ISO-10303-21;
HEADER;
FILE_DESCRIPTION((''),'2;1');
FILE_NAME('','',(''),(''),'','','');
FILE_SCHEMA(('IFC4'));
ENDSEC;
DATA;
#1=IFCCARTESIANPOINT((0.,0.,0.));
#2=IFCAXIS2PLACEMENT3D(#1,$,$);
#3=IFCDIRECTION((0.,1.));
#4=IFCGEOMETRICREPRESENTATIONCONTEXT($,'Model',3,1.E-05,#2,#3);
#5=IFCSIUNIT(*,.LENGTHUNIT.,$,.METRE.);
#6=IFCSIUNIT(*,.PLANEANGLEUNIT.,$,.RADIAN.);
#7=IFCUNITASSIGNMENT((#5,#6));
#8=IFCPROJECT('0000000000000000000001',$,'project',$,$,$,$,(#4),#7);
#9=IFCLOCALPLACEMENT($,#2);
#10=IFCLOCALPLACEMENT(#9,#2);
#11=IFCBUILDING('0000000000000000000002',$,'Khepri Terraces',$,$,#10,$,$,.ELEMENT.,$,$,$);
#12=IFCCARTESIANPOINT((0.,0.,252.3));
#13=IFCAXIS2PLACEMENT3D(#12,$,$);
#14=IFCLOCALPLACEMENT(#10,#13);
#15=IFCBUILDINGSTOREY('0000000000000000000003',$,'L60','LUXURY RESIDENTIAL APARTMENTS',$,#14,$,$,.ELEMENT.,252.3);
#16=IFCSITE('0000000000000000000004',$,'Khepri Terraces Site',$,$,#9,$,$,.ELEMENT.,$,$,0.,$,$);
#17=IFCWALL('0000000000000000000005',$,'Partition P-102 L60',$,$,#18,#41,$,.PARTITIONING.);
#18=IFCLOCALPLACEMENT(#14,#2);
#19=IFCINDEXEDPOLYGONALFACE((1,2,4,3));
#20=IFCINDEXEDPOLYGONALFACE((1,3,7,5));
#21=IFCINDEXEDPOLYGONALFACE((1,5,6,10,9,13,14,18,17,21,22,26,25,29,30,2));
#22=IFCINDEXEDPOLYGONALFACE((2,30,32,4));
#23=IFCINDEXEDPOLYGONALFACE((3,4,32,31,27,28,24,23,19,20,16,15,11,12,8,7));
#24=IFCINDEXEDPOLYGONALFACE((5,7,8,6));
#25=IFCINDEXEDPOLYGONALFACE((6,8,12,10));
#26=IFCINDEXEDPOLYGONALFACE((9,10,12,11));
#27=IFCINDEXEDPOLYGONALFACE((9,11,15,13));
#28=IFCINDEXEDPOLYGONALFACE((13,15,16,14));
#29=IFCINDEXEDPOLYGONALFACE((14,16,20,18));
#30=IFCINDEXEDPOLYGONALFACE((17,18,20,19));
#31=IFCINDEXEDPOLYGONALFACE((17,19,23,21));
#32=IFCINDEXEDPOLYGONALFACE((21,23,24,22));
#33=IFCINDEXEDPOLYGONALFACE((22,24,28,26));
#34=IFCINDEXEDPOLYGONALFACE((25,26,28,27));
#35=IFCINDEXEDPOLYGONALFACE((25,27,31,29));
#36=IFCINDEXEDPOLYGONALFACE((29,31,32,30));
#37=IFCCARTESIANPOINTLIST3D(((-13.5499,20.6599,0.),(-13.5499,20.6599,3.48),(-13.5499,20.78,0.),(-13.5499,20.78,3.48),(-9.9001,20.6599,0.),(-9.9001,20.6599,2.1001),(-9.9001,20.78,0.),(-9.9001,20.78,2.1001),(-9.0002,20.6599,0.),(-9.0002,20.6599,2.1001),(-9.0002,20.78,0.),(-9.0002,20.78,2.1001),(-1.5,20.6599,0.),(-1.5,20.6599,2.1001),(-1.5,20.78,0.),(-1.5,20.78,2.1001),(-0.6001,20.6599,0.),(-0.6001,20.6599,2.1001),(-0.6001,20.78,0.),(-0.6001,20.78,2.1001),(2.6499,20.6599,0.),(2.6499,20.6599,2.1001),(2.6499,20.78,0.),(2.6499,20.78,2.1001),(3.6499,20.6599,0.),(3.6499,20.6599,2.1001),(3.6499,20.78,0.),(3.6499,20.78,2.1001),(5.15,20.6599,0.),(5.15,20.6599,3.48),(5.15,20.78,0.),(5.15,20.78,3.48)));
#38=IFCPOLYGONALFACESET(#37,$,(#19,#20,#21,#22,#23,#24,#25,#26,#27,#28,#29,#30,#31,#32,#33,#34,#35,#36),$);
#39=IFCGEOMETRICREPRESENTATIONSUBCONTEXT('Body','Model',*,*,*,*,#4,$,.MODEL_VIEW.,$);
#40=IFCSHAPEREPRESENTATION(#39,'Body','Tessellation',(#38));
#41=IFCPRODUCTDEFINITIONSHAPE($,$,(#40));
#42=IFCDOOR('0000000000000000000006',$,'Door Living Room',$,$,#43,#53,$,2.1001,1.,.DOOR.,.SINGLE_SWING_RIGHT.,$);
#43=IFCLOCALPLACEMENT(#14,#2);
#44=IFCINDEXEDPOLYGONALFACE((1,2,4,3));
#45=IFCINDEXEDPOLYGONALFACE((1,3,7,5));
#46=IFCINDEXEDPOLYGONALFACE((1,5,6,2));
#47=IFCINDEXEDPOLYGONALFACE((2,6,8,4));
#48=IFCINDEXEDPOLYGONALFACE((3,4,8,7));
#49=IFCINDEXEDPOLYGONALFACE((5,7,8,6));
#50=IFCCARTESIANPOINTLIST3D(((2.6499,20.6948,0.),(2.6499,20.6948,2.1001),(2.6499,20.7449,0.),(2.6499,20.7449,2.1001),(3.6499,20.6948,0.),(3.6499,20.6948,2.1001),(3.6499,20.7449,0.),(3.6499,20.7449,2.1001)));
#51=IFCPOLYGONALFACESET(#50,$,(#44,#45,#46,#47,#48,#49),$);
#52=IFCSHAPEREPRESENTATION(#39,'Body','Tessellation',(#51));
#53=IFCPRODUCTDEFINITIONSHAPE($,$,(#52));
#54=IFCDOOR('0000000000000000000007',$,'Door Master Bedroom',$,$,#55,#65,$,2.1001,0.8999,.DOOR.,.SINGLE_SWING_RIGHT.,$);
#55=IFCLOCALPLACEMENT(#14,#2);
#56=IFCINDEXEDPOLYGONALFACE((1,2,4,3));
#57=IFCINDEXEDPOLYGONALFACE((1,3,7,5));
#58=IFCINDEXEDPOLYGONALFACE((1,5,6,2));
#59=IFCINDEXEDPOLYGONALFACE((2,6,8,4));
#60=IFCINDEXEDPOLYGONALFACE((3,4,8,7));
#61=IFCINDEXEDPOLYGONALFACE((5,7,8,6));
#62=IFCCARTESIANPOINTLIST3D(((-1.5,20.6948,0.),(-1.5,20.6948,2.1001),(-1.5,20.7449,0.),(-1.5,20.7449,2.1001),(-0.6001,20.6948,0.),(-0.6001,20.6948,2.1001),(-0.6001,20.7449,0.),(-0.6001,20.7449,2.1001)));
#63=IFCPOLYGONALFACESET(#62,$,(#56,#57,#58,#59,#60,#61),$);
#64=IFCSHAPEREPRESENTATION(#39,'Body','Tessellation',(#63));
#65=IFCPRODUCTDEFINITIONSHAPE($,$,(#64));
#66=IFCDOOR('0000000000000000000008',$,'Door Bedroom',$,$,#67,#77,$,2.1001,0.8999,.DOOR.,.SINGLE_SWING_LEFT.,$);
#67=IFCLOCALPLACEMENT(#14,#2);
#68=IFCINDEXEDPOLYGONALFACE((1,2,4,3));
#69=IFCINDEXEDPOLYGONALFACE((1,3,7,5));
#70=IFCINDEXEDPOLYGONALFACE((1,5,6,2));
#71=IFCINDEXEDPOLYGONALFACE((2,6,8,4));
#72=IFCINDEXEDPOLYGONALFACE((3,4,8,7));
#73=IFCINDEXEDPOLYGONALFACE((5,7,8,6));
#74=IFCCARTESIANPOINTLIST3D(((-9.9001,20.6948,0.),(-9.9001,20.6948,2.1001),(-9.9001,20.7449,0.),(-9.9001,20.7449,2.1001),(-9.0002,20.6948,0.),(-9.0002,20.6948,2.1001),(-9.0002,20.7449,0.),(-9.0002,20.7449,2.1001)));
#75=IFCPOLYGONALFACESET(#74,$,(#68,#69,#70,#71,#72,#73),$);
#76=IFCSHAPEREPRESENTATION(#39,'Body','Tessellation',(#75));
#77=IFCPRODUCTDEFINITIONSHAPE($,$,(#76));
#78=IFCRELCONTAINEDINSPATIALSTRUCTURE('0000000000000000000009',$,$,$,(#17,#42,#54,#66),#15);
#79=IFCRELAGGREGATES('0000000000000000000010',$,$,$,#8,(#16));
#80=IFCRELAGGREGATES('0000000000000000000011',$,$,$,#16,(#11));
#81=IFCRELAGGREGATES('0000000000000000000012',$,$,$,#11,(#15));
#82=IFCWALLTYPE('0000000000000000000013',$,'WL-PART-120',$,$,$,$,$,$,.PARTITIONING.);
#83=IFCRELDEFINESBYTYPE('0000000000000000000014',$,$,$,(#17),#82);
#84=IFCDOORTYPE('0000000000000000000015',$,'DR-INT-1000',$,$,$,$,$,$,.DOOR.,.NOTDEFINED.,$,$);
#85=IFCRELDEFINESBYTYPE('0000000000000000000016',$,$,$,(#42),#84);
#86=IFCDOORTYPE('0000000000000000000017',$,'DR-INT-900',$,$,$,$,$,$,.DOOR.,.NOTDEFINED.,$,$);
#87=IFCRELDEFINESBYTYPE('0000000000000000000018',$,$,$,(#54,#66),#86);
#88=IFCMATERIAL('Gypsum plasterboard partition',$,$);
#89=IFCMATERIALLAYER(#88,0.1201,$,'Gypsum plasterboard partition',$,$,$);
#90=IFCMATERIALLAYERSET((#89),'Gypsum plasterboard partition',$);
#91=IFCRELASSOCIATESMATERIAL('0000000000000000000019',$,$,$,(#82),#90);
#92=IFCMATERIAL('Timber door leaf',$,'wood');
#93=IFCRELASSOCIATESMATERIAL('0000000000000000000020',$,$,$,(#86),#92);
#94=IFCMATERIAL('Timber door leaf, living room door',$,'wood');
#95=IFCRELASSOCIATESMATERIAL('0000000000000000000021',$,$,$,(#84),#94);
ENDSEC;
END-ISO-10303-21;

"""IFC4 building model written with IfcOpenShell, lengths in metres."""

from ifc_helpers import new_model, si_unit, direction, frame, frame_2d, origin, place, context, subcontext, project, spatial, rectangle, extrude, material, layer, layer_set, type_object, element, fill, save


model = new_model("IFC4")

# Units and contexts
model_context = context("Model", 3, precision=1e-05, world=origin(), true_north=direction((0.0, 1.0)))
body_context = subcontext(model_context, "Body", "Model", "MODEL_VIEW")
ifc_project = project(units=[si_unit("LENGTHUNIT", "METRE"), si_unit("PLANEANGLEUNIT", "RADIAN")], contexts=[model_context])

# Site, building, storey
site_placement = place(None, origin())
site = spatial("IfcSite", under=ifc_project, at=site_placement, Name="Khepri Terraces Site", CompositionType="ELEMENT", RefElevation=0.0)
building_placement = place(site_placement, origin())
building = spatial("IfcBuilding", under=site, at=building_placement, Name="Khepri Terraces", CompositionType="ELEMENT")
storey_placement = place(building_placement, frame((0.0, 0.0, 252.3)))
storey = spatial("IfcBuildingStorey", under=building, at=storey_placement, Name="L60", Description="LUXURY RESIDENTIAL APARTMENTS", CompositionType="ELEMENT", Elevation=252.3)

# Shared definitions
ifc_material_1 = material(Name="Gypsum plasterboard partition")
ifc_layer_1 = layer(ifc_material_1, 0.1201, Name="Gypsum plasterboard partition")
ifc_layer_set_1 = layer_set([ifc_layer_1], Name="Gypsum plasterboard partition")
wall_type_1 = type_object("IfcWallType", Name="WL-PART-120", PredefinedType="PARTITIONING", material=ifc_layer_set_1)

# Shared definitions
ifc_material_2 = material(Name="Timber door leaf", Category="wood")
door_type_1 = type_object("IfcDoorType", Name="DR-INT-900", OperationType="NOTDEFINED", PredefinedType="DOOR", material=ifc_material_2)

# Wall, openings, doors
wall_1_placement = place(storey_placement, frame((-13.55, 20.72, 0.0), z_axis=(0.0, 0.0, 1.0), x_axis=(1.0, 0.0, 0.0)))
wall_1 = element("IfcWall", 1, at=wall_1_placement, inside=storey, type_object=wall_type_1, Name="Partition P-102 L60", PredefinedType="PARTITIONING", context=body_context, shape_type="SweptSolid", body=[
    extrude(rectangle(XDim=18.7, YDim=0.1201, at=frame_2d((9.3501, 0.0))), origin(), (0.0, 0.0, 1.0), 3.48),
])
opening_1_placement = place(wall_1_placement, frame((16.2, 0.0, 0.0)))
opening_1 = element("IfcOpeningElement", 2, at=opening_1_placement, cuts=wall_1, PredefinedType="OPENING", context=body_context, shape_type="SweptSolid", body=[
    extrude(rectangle(XDim=1.0, YDim=2.1001, at=frame_2d((0.5, 1.05))), frame((0.0, 0.0701, 0.0), z_axis=(0.0, -1.0, 0.0), x_axis=(1.0, 0.0, 0.0)), (0.0, 0.0, 1.0), 0.1401),
])
opening_2_placement = place(wall_1_placement, frame((12.05, 0.0, 0.0)))
opening_2 = element("IfcOpeningElement", 3, at=opening_2_placement, cuts=wall_1, PredefinedType="OPENING", context=body_context, shape_type="SweptSolid", body=[
    extrude(rectangle(XDim=0.8999, YDim=2.1001, at=frame_2d((0.45, 1.05))), frame((0.0, 0.0701, 0.0), z_axis=(0.0, -1.0, 0.0), x_axis=(1.0, 0.0, 0.0)), (0.0, 0.0, 1.0), 0.1401),
])
opening_3_placement = place(wall_1_placement, frame((3.6499, 0.0, 0.0)))
opening_3 = element("IfcOpeningElement", 4, at=opening_3_placement, cuts=wall_1, PredefinedType="OPENING", context=body_context, shape_type="SweptSolid", body=[
    extrude(rectangle(XDim=0.8999, YDim=2.1001, at=frame_2d((0.45, 1.05))), frame((0.0, 0.0701, 0.0), z_axis=(0.0, -1.0, 0.0), x_axis=(1.0, 0.0, 0.0)), (0.0, 0.0, 1.0), 0.1401),
])
ifc_material_3 = material(Name="Timber door leaf, living room door", Category="wood")
door_type_2 = type_object("IfcDoorType", Name="DR-INT-1000", OperationType="NOTDEFINED", PredefinedType="DOOR", material=ifc_material_3)
door_1_placement = place(opening_1_placement, origin())
door_1 = element("IfcDoor", 5, at=door_1_placement, inside=storey, type_object=door_type_2, Name="Door Living Room", OperationType="SINGLE_SWING_RIGHT", OverallHeight=2.1001, OverallWidth=1.0, PredefinedType="DOOR", context=body_context, shape_type="SweptSolid", body=[
    extrude(rectangle(XDim=1.0, YDim=2.1001, at=frame_2d((0.5, 1.05))), frame((0.0, 0.0249, 0.0), z_axis=(0.0, -1.0, 0.0), x_axis=(1.0, 0.0, 0.0)), (0.0, 0.0, 1.0), 0.05),
])
fill(opening_1, door_1)
door_2_placement = place(opening_2_placement, origin())
door_2 = element("IfcDoor", 6, at=door_2_placement, inside=storey, type_object=door_type_1, Name="Door Master Bedroom", OperationType="SINGLE_SWING_RIGHT", OverallHeight=2.1001, OverallWidth=0.8999, PredefinedType="DOOR", context=body_context, shape_type="SweptSolid", body=[
    extrude(rectangle(XDim=0.8999, YDim=2.1001, at=frame_2d((0.45, 1.05))), frame((0.0, 0.0249, 0.0), z_axis=(0.0, -1.0, 0.0), x_axis=(1.0, 0.0, 0.0)), (0.0, 0.0, 1.0), 0.05),
])
fill(opening_2, door_2)
door_3_placement = place(opening_3_placement, origin())
door_3 = element("IfcDoor", 7, at=door_3_placement, inside=storey, type_object=door_type_1, Name="Door Bedroom", OperationType="SINGLE_SWING_LEFT", OverallHeight=2.1001, OverallWidth=0.8999, PredefinedType="DOOR", context=body_context, shape_type="SweptSolid", body=[
    extrude(rectangle(XDim=0.8999, YDim=2.1001, at=frame_2d((0.45, 1.05))), frame((0.0, 0.0249, 0.0), z_axis=(0.0, -1.0, 0.0), x_axis=(1.0, 0.0, 0.0)), (0.0, 0.0, 1.0), 0.05),
])
fill(opening_3, door_3)

save(model, "model.ifc")
